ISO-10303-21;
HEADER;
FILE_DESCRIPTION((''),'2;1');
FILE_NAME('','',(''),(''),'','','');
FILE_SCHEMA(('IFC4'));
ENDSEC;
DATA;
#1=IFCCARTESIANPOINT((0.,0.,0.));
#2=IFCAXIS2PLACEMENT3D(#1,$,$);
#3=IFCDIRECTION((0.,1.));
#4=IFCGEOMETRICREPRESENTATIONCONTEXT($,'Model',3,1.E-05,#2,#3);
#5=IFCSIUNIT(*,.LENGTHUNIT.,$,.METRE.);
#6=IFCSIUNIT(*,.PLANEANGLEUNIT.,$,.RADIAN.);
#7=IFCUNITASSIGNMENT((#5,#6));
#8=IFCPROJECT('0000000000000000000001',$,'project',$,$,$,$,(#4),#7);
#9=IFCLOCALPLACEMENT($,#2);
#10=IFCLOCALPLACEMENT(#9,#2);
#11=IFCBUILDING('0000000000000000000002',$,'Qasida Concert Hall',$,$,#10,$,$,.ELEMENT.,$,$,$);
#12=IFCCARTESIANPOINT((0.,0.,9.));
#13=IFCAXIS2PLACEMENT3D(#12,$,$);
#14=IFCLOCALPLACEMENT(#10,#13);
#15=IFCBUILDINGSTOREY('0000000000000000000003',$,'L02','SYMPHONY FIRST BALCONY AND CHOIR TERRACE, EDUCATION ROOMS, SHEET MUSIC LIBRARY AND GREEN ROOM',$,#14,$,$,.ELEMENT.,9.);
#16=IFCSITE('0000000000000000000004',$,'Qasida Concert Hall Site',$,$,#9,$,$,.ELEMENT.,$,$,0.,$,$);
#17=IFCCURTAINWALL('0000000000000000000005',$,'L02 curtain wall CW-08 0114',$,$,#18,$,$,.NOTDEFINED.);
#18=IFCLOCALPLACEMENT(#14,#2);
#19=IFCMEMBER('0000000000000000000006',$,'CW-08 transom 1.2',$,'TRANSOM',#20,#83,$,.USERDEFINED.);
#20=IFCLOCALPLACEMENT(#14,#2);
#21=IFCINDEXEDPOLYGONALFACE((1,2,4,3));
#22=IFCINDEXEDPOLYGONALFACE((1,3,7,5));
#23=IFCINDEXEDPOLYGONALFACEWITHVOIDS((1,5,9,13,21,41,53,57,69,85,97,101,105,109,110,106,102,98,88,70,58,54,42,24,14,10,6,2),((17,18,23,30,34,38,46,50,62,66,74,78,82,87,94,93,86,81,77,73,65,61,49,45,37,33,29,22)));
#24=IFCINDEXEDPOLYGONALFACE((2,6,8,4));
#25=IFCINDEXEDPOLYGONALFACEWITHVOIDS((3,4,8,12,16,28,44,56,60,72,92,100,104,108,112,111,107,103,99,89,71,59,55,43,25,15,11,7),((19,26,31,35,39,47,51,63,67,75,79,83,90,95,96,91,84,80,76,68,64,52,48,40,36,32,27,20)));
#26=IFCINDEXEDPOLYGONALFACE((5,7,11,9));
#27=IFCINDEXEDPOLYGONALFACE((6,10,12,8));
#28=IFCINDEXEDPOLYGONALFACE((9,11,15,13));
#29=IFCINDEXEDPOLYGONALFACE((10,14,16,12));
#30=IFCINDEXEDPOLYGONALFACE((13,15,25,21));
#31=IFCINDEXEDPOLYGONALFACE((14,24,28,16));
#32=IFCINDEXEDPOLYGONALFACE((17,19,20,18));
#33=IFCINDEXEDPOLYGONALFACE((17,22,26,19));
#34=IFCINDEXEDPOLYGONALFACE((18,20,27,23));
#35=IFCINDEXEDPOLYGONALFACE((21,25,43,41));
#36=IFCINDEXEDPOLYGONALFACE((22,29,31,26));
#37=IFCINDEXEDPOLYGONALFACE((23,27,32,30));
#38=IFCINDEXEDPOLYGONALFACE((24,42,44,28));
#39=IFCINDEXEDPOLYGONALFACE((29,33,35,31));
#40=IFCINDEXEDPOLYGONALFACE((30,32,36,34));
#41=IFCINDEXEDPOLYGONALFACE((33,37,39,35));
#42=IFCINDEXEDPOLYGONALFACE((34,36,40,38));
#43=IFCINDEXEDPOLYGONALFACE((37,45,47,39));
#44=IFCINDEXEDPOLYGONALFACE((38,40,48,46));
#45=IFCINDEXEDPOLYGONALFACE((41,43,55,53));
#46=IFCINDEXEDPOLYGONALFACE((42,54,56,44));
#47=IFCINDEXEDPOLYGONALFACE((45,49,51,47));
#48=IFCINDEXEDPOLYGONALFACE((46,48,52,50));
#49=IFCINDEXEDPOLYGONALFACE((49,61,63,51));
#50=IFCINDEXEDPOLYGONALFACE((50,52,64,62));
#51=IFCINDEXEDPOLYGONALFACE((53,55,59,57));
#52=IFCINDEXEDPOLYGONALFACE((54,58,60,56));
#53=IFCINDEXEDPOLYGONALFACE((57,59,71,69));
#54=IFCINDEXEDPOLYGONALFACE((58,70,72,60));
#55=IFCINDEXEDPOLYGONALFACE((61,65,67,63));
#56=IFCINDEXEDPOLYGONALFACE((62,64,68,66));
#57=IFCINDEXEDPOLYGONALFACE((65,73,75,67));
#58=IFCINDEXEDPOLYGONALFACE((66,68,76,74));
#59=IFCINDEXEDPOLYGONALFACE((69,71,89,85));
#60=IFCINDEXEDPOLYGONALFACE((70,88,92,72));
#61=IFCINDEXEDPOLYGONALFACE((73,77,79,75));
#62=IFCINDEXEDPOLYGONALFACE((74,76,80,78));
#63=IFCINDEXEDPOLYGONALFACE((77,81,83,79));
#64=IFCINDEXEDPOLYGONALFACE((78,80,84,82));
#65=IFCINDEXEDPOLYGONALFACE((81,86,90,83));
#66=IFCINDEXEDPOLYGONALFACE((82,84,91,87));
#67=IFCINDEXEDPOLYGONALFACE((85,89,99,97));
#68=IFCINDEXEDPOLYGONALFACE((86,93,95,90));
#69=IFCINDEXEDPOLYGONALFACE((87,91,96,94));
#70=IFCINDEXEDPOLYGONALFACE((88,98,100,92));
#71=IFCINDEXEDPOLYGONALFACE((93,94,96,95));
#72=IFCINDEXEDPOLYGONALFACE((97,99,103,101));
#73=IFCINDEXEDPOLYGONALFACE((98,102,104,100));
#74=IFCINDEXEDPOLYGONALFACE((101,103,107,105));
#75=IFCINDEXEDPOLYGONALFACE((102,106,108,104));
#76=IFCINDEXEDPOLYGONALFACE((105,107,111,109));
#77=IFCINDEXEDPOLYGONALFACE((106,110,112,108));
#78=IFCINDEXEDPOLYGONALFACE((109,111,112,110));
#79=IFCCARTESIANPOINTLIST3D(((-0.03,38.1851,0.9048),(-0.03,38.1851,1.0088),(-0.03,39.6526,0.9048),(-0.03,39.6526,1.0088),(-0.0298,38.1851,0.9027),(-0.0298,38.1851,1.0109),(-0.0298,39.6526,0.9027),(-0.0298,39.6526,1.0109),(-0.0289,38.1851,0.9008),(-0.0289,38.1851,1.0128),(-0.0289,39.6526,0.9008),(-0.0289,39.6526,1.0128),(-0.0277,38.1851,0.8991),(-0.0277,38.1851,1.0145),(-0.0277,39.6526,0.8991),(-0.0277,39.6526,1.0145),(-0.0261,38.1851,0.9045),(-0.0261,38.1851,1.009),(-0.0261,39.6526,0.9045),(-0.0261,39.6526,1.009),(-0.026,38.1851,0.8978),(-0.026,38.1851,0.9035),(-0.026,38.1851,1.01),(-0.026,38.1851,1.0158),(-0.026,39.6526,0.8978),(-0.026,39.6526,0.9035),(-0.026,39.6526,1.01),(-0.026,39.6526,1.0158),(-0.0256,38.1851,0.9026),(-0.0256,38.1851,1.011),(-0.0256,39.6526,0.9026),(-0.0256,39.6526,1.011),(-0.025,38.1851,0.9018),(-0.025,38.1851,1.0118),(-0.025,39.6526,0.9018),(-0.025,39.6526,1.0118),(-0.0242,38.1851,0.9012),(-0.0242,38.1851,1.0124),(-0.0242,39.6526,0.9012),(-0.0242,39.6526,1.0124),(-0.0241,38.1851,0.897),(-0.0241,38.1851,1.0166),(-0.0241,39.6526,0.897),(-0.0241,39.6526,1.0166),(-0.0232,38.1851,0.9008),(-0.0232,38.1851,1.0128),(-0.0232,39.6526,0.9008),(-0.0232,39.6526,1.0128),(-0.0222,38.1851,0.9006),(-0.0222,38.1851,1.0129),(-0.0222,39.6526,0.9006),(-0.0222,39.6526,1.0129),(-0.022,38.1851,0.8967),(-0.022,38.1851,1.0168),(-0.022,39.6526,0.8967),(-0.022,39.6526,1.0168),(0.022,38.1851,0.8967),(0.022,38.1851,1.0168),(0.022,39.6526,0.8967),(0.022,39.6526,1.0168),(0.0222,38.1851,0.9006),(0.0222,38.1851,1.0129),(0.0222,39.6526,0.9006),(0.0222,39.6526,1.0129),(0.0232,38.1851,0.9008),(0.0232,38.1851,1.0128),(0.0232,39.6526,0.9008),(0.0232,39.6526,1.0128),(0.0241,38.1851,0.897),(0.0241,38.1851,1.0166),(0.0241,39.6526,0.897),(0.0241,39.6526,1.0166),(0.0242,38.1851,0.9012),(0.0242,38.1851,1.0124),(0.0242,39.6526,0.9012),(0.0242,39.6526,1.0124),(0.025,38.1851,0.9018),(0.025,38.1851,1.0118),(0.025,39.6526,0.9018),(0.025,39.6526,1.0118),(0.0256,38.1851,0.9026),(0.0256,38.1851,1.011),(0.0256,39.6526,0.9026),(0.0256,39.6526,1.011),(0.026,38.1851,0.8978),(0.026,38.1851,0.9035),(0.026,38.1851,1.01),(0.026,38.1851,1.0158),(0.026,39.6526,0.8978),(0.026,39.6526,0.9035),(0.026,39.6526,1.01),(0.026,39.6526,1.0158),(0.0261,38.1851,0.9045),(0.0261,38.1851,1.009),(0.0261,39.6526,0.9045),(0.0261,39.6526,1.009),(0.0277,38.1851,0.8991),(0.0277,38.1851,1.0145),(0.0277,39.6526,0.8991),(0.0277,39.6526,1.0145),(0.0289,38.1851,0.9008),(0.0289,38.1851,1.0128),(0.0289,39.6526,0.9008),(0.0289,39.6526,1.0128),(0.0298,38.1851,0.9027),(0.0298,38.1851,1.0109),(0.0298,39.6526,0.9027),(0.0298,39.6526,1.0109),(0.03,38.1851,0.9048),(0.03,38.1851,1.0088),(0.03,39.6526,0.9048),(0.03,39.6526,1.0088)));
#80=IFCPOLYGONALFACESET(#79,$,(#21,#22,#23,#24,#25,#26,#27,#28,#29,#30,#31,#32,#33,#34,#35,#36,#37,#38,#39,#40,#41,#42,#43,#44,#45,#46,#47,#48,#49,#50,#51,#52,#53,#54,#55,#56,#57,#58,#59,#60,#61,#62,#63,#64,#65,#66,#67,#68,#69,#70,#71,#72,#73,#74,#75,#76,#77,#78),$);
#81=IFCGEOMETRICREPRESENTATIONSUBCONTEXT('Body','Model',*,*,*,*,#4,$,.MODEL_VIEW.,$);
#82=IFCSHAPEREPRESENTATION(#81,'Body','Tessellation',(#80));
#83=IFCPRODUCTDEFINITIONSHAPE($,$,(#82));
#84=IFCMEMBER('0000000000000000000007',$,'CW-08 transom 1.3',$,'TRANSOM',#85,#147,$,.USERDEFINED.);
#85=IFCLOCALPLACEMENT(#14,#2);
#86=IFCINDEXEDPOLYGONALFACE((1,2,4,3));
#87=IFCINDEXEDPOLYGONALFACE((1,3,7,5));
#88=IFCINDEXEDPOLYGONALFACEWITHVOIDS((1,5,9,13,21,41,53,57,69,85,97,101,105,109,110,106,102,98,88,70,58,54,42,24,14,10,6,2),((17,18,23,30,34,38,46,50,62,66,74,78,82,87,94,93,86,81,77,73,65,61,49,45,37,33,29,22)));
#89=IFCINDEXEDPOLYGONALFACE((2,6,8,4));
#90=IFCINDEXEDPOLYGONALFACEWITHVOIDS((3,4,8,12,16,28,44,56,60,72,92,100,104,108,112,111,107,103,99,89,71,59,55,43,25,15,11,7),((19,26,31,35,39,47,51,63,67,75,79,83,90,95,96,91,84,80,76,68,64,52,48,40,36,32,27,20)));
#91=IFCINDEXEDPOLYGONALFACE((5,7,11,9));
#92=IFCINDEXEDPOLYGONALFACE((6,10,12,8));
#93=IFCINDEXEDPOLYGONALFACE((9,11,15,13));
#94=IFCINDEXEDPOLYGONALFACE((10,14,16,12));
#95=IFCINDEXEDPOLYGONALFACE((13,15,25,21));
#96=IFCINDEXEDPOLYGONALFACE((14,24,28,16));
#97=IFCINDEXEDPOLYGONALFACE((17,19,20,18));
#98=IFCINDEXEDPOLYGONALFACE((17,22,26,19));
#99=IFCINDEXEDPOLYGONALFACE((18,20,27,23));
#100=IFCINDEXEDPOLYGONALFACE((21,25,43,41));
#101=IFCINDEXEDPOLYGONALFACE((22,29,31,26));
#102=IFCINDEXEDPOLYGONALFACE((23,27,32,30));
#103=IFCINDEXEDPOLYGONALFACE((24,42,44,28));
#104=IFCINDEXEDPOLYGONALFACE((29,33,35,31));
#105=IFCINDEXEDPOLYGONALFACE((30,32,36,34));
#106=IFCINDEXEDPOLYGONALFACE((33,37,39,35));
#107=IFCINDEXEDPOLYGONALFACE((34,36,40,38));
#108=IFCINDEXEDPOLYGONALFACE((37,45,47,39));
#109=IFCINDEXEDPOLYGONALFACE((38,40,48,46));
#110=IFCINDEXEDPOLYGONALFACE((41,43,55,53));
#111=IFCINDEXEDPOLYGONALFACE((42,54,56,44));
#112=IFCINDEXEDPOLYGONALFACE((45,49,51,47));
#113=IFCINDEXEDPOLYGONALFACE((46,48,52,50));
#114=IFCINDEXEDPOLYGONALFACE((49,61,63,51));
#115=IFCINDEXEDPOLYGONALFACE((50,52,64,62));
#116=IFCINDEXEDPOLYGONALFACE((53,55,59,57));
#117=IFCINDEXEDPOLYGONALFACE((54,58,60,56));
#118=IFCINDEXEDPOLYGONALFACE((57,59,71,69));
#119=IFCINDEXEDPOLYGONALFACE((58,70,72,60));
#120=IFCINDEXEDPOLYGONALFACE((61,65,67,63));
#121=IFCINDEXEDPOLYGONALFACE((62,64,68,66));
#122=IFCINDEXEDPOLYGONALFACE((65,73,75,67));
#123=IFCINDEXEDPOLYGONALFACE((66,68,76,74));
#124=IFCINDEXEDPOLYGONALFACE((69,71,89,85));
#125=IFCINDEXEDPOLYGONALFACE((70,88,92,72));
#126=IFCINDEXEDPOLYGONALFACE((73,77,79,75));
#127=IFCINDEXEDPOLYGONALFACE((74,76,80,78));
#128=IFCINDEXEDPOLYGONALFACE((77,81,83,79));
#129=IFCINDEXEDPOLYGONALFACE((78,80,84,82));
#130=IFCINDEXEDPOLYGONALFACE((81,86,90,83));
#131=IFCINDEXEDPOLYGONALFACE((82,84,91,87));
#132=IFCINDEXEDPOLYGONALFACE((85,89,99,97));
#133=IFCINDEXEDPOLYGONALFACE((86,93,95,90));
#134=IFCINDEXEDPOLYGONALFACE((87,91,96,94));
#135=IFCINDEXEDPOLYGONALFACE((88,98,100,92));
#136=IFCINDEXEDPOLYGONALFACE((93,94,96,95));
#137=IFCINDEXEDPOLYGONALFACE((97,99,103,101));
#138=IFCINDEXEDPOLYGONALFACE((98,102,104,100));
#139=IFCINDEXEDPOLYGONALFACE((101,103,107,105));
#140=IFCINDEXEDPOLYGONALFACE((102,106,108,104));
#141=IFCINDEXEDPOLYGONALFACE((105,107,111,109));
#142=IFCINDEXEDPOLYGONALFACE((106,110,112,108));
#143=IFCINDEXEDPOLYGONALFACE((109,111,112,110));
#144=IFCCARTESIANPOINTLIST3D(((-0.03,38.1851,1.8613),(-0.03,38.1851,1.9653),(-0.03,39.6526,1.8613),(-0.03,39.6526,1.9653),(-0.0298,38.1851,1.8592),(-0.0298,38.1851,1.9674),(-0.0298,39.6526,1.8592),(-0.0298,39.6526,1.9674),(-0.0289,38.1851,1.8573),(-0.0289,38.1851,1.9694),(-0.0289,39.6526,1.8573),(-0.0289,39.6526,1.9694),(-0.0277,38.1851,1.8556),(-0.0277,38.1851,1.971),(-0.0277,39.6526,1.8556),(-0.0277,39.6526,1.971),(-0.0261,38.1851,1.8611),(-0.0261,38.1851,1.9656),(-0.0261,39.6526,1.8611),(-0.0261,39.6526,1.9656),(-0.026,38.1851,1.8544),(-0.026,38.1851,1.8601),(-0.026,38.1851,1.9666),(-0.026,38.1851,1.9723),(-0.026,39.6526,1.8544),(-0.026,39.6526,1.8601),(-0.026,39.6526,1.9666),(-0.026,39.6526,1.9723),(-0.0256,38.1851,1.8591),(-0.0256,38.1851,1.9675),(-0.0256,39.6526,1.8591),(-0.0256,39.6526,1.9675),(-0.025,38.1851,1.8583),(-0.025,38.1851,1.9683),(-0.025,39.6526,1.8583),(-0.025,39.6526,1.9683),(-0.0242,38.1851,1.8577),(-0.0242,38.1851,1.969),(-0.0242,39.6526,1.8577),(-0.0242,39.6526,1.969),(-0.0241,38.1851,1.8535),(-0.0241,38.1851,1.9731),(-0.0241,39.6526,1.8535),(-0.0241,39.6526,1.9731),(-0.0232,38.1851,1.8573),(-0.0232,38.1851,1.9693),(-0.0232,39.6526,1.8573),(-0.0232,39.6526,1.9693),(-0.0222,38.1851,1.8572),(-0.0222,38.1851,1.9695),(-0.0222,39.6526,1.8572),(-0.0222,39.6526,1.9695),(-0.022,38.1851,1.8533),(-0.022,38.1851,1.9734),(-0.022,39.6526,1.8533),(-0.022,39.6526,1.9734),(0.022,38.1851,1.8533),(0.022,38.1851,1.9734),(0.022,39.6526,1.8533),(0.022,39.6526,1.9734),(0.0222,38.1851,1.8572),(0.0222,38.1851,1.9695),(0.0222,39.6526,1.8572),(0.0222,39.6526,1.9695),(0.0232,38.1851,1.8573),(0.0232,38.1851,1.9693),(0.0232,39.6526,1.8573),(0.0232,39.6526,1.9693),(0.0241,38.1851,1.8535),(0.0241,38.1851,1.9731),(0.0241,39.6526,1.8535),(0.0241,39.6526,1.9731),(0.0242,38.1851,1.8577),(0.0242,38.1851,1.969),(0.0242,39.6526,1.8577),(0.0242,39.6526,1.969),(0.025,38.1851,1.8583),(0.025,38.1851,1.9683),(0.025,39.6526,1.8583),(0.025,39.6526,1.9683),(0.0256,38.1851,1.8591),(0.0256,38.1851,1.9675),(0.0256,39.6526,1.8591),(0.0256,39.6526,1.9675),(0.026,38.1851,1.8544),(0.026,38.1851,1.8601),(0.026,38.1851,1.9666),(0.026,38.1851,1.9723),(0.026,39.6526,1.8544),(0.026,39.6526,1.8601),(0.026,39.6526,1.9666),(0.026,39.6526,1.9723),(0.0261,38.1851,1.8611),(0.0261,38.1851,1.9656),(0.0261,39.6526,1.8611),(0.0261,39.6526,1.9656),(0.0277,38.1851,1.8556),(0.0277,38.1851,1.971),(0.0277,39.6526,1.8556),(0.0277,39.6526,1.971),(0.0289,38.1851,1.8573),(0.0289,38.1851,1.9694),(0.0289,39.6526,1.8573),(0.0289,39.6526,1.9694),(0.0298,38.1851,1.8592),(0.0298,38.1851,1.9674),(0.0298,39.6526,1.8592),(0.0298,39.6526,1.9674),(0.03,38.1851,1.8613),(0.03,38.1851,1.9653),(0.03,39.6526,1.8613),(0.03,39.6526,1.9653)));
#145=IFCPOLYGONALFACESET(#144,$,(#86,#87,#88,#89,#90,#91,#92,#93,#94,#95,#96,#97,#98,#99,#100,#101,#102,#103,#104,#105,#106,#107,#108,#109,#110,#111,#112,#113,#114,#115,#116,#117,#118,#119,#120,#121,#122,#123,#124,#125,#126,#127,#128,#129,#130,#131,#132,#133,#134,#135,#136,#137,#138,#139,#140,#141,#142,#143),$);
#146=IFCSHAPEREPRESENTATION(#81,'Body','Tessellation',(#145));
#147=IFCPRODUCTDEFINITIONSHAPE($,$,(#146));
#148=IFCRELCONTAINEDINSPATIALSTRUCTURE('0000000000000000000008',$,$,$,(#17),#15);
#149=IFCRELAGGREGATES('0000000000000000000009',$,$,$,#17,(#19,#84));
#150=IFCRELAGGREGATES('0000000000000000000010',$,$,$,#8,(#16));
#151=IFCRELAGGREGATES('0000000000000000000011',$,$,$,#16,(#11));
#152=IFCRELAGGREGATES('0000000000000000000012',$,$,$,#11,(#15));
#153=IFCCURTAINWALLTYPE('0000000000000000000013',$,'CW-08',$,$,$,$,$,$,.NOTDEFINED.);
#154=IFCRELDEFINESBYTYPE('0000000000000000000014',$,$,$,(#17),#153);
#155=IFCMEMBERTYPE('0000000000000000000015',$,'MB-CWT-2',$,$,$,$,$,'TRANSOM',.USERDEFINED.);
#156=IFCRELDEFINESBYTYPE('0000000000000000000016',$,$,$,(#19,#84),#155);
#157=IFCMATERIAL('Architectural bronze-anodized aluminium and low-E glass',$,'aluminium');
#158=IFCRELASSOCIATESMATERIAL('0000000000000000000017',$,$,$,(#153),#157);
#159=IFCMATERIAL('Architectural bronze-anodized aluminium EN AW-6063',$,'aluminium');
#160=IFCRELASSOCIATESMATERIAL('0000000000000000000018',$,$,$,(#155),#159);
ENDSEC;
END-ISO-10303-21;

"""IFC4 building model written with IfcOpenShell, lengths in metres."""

from ifc_helpers import new_model, si_unit, direction, frame, origin, origin_2d, place, context, subcontext, project, spatial, hollow_rectangle, extrude, material, material_profile, profile_set, type_object, element, aggregate, save


model = new_model("IFC4")

# Units and contexts
model_context = context("Model", 3, precision=1e-05, world=origin(), true_north=direction((0.0, 1.0)))
body_context = subcontext(model_context, "Body", "Model", "MODEL_VIEW")
ifc_project = project(units=[si_unit("LENGTHUNIT", "METRE"), si_unit("PLANEANGLEUNIT", "RADIAN")], contexts=[model_context])

# Site, building, storey
site_placement = place(None, origin())
site = spatial("IfcSite", under=ifc_project, at=site_placement, Name="Qasida Concert Hall Site", CompositionType="ELEMENT", RefElevation=0.0)
building_placement = place(site_placement, origin())
building = spatial("IfcBuilding", under=site, at=building_placement, Name="Qasida Concert Hall", CompositionType="ELEMENT")
storey_placement = place(building_placement, frame((0.0, 0.0, 9.0)))
storey = spatial("IfcBuildingStorey", under=building, at=storey_placement, Name="L02", Description="SYMPHONY FIRST BALCONY AND CHOIR TERRACE, EDUCATION ROOMS, SHEET MUSIC LIBRARY AND GREEN ROOM", CompositionType="ELEMENT", Elevation=9.0)

# Curtain wall, members
ifc_material_1 = material(Name="Architectural bronze-anodized aluminium and low-E glass", Category="aluminium")
curtain_wall_type = type_object("IfcCurtainWallType", Name="CW-08", PredefinedType="NOTDEFINED", material=ifc_material_1)
curtain_wall_placement = place(storey_placement, origin())
curtain_wall = element("IfcCurtainWall", 1, at=curtain_wall_placement, inside=storey, type_object=curtain_wall_type, Name="L02 curtain wall CW-08 0114", PredefinedType="NOTDEFINED")
ifc_material_2 = material(Name="Architectural bronze-anodized aluminium EN AW-6063", Category="aluminium")
ifc_material_profile_1 = material_profile(ifc_material_2, hollow_rectangle(XDim=0.0601, YDim=0.1201, WallThickness=0.0039, InnerFilletRadius=0.0039, OuterFilletRadius=0.0081, at=origin_2d()), Name="CWT 120x60x4")
ifc_profile_set_1 = profile_set([ifc_material_profile_1], Name="Architectural bronze-anodized aluminium EN AW-6063")
member_type_1 = type_object("IfcMemberType", Name="MB-CWT-2", ElementType="TRANSOM", PredefinedType="USERDEFINED", material=ifc_profile_set_1)
member_1_placement = place(storey_placement, frame((0.0, 38.1851, 0.9568), z_axis=(0.0, 1.0, 0.0), x_axis=(-1.0, 0.0, 0.0)))
member_1 = element("IfcMember", 2, at=member_1_placement, type_object=member_type_1, Name="CW-08 transom 1.2", ObjectType="TRANSOM", PredefinedType="USERDEFINED", context=body_context, shape_type="SweptSolid", body=[
    extrude(hollow_rectangle(XDim=0.0601, YDim=0.1201, WallThickness=0.0039, InnerFilletRadius=0.0039, OuterFilletRadius=0.0081, at=origin_2d()), origin(), (0.0, 0.0, 1.0), 1.4675),
])
member_2_placement = place(storey_placement, frame((0.0, 38.1851, 1.9133), z_axis=(0.0, 1.0, 0.0), x_axis=(-1.0, 0.0, 0.0)))
member_2 = element("IfcMember", 3, at=member_2_placement, type_object=member_type_1, Name="CW-08 transom 1.3", ObjectType="TRANSOM", PredefinedType="USERDEFINED", context=body_context, shape_type="SweptSolid", body=[
    extrude(hollow_rectangle(XDim=0.0601, YDim=0.1201, WallThickness=0.0039, InnerFilletRadius=0.0039, OuterFilletRadius=0.0081, at=origin_2d()), origin(), (0.0, 0.0, 1.0), 1.4675),
])
aggregate(curtain_wall, [member_1, member_2])

save(model, "model.ifc")
